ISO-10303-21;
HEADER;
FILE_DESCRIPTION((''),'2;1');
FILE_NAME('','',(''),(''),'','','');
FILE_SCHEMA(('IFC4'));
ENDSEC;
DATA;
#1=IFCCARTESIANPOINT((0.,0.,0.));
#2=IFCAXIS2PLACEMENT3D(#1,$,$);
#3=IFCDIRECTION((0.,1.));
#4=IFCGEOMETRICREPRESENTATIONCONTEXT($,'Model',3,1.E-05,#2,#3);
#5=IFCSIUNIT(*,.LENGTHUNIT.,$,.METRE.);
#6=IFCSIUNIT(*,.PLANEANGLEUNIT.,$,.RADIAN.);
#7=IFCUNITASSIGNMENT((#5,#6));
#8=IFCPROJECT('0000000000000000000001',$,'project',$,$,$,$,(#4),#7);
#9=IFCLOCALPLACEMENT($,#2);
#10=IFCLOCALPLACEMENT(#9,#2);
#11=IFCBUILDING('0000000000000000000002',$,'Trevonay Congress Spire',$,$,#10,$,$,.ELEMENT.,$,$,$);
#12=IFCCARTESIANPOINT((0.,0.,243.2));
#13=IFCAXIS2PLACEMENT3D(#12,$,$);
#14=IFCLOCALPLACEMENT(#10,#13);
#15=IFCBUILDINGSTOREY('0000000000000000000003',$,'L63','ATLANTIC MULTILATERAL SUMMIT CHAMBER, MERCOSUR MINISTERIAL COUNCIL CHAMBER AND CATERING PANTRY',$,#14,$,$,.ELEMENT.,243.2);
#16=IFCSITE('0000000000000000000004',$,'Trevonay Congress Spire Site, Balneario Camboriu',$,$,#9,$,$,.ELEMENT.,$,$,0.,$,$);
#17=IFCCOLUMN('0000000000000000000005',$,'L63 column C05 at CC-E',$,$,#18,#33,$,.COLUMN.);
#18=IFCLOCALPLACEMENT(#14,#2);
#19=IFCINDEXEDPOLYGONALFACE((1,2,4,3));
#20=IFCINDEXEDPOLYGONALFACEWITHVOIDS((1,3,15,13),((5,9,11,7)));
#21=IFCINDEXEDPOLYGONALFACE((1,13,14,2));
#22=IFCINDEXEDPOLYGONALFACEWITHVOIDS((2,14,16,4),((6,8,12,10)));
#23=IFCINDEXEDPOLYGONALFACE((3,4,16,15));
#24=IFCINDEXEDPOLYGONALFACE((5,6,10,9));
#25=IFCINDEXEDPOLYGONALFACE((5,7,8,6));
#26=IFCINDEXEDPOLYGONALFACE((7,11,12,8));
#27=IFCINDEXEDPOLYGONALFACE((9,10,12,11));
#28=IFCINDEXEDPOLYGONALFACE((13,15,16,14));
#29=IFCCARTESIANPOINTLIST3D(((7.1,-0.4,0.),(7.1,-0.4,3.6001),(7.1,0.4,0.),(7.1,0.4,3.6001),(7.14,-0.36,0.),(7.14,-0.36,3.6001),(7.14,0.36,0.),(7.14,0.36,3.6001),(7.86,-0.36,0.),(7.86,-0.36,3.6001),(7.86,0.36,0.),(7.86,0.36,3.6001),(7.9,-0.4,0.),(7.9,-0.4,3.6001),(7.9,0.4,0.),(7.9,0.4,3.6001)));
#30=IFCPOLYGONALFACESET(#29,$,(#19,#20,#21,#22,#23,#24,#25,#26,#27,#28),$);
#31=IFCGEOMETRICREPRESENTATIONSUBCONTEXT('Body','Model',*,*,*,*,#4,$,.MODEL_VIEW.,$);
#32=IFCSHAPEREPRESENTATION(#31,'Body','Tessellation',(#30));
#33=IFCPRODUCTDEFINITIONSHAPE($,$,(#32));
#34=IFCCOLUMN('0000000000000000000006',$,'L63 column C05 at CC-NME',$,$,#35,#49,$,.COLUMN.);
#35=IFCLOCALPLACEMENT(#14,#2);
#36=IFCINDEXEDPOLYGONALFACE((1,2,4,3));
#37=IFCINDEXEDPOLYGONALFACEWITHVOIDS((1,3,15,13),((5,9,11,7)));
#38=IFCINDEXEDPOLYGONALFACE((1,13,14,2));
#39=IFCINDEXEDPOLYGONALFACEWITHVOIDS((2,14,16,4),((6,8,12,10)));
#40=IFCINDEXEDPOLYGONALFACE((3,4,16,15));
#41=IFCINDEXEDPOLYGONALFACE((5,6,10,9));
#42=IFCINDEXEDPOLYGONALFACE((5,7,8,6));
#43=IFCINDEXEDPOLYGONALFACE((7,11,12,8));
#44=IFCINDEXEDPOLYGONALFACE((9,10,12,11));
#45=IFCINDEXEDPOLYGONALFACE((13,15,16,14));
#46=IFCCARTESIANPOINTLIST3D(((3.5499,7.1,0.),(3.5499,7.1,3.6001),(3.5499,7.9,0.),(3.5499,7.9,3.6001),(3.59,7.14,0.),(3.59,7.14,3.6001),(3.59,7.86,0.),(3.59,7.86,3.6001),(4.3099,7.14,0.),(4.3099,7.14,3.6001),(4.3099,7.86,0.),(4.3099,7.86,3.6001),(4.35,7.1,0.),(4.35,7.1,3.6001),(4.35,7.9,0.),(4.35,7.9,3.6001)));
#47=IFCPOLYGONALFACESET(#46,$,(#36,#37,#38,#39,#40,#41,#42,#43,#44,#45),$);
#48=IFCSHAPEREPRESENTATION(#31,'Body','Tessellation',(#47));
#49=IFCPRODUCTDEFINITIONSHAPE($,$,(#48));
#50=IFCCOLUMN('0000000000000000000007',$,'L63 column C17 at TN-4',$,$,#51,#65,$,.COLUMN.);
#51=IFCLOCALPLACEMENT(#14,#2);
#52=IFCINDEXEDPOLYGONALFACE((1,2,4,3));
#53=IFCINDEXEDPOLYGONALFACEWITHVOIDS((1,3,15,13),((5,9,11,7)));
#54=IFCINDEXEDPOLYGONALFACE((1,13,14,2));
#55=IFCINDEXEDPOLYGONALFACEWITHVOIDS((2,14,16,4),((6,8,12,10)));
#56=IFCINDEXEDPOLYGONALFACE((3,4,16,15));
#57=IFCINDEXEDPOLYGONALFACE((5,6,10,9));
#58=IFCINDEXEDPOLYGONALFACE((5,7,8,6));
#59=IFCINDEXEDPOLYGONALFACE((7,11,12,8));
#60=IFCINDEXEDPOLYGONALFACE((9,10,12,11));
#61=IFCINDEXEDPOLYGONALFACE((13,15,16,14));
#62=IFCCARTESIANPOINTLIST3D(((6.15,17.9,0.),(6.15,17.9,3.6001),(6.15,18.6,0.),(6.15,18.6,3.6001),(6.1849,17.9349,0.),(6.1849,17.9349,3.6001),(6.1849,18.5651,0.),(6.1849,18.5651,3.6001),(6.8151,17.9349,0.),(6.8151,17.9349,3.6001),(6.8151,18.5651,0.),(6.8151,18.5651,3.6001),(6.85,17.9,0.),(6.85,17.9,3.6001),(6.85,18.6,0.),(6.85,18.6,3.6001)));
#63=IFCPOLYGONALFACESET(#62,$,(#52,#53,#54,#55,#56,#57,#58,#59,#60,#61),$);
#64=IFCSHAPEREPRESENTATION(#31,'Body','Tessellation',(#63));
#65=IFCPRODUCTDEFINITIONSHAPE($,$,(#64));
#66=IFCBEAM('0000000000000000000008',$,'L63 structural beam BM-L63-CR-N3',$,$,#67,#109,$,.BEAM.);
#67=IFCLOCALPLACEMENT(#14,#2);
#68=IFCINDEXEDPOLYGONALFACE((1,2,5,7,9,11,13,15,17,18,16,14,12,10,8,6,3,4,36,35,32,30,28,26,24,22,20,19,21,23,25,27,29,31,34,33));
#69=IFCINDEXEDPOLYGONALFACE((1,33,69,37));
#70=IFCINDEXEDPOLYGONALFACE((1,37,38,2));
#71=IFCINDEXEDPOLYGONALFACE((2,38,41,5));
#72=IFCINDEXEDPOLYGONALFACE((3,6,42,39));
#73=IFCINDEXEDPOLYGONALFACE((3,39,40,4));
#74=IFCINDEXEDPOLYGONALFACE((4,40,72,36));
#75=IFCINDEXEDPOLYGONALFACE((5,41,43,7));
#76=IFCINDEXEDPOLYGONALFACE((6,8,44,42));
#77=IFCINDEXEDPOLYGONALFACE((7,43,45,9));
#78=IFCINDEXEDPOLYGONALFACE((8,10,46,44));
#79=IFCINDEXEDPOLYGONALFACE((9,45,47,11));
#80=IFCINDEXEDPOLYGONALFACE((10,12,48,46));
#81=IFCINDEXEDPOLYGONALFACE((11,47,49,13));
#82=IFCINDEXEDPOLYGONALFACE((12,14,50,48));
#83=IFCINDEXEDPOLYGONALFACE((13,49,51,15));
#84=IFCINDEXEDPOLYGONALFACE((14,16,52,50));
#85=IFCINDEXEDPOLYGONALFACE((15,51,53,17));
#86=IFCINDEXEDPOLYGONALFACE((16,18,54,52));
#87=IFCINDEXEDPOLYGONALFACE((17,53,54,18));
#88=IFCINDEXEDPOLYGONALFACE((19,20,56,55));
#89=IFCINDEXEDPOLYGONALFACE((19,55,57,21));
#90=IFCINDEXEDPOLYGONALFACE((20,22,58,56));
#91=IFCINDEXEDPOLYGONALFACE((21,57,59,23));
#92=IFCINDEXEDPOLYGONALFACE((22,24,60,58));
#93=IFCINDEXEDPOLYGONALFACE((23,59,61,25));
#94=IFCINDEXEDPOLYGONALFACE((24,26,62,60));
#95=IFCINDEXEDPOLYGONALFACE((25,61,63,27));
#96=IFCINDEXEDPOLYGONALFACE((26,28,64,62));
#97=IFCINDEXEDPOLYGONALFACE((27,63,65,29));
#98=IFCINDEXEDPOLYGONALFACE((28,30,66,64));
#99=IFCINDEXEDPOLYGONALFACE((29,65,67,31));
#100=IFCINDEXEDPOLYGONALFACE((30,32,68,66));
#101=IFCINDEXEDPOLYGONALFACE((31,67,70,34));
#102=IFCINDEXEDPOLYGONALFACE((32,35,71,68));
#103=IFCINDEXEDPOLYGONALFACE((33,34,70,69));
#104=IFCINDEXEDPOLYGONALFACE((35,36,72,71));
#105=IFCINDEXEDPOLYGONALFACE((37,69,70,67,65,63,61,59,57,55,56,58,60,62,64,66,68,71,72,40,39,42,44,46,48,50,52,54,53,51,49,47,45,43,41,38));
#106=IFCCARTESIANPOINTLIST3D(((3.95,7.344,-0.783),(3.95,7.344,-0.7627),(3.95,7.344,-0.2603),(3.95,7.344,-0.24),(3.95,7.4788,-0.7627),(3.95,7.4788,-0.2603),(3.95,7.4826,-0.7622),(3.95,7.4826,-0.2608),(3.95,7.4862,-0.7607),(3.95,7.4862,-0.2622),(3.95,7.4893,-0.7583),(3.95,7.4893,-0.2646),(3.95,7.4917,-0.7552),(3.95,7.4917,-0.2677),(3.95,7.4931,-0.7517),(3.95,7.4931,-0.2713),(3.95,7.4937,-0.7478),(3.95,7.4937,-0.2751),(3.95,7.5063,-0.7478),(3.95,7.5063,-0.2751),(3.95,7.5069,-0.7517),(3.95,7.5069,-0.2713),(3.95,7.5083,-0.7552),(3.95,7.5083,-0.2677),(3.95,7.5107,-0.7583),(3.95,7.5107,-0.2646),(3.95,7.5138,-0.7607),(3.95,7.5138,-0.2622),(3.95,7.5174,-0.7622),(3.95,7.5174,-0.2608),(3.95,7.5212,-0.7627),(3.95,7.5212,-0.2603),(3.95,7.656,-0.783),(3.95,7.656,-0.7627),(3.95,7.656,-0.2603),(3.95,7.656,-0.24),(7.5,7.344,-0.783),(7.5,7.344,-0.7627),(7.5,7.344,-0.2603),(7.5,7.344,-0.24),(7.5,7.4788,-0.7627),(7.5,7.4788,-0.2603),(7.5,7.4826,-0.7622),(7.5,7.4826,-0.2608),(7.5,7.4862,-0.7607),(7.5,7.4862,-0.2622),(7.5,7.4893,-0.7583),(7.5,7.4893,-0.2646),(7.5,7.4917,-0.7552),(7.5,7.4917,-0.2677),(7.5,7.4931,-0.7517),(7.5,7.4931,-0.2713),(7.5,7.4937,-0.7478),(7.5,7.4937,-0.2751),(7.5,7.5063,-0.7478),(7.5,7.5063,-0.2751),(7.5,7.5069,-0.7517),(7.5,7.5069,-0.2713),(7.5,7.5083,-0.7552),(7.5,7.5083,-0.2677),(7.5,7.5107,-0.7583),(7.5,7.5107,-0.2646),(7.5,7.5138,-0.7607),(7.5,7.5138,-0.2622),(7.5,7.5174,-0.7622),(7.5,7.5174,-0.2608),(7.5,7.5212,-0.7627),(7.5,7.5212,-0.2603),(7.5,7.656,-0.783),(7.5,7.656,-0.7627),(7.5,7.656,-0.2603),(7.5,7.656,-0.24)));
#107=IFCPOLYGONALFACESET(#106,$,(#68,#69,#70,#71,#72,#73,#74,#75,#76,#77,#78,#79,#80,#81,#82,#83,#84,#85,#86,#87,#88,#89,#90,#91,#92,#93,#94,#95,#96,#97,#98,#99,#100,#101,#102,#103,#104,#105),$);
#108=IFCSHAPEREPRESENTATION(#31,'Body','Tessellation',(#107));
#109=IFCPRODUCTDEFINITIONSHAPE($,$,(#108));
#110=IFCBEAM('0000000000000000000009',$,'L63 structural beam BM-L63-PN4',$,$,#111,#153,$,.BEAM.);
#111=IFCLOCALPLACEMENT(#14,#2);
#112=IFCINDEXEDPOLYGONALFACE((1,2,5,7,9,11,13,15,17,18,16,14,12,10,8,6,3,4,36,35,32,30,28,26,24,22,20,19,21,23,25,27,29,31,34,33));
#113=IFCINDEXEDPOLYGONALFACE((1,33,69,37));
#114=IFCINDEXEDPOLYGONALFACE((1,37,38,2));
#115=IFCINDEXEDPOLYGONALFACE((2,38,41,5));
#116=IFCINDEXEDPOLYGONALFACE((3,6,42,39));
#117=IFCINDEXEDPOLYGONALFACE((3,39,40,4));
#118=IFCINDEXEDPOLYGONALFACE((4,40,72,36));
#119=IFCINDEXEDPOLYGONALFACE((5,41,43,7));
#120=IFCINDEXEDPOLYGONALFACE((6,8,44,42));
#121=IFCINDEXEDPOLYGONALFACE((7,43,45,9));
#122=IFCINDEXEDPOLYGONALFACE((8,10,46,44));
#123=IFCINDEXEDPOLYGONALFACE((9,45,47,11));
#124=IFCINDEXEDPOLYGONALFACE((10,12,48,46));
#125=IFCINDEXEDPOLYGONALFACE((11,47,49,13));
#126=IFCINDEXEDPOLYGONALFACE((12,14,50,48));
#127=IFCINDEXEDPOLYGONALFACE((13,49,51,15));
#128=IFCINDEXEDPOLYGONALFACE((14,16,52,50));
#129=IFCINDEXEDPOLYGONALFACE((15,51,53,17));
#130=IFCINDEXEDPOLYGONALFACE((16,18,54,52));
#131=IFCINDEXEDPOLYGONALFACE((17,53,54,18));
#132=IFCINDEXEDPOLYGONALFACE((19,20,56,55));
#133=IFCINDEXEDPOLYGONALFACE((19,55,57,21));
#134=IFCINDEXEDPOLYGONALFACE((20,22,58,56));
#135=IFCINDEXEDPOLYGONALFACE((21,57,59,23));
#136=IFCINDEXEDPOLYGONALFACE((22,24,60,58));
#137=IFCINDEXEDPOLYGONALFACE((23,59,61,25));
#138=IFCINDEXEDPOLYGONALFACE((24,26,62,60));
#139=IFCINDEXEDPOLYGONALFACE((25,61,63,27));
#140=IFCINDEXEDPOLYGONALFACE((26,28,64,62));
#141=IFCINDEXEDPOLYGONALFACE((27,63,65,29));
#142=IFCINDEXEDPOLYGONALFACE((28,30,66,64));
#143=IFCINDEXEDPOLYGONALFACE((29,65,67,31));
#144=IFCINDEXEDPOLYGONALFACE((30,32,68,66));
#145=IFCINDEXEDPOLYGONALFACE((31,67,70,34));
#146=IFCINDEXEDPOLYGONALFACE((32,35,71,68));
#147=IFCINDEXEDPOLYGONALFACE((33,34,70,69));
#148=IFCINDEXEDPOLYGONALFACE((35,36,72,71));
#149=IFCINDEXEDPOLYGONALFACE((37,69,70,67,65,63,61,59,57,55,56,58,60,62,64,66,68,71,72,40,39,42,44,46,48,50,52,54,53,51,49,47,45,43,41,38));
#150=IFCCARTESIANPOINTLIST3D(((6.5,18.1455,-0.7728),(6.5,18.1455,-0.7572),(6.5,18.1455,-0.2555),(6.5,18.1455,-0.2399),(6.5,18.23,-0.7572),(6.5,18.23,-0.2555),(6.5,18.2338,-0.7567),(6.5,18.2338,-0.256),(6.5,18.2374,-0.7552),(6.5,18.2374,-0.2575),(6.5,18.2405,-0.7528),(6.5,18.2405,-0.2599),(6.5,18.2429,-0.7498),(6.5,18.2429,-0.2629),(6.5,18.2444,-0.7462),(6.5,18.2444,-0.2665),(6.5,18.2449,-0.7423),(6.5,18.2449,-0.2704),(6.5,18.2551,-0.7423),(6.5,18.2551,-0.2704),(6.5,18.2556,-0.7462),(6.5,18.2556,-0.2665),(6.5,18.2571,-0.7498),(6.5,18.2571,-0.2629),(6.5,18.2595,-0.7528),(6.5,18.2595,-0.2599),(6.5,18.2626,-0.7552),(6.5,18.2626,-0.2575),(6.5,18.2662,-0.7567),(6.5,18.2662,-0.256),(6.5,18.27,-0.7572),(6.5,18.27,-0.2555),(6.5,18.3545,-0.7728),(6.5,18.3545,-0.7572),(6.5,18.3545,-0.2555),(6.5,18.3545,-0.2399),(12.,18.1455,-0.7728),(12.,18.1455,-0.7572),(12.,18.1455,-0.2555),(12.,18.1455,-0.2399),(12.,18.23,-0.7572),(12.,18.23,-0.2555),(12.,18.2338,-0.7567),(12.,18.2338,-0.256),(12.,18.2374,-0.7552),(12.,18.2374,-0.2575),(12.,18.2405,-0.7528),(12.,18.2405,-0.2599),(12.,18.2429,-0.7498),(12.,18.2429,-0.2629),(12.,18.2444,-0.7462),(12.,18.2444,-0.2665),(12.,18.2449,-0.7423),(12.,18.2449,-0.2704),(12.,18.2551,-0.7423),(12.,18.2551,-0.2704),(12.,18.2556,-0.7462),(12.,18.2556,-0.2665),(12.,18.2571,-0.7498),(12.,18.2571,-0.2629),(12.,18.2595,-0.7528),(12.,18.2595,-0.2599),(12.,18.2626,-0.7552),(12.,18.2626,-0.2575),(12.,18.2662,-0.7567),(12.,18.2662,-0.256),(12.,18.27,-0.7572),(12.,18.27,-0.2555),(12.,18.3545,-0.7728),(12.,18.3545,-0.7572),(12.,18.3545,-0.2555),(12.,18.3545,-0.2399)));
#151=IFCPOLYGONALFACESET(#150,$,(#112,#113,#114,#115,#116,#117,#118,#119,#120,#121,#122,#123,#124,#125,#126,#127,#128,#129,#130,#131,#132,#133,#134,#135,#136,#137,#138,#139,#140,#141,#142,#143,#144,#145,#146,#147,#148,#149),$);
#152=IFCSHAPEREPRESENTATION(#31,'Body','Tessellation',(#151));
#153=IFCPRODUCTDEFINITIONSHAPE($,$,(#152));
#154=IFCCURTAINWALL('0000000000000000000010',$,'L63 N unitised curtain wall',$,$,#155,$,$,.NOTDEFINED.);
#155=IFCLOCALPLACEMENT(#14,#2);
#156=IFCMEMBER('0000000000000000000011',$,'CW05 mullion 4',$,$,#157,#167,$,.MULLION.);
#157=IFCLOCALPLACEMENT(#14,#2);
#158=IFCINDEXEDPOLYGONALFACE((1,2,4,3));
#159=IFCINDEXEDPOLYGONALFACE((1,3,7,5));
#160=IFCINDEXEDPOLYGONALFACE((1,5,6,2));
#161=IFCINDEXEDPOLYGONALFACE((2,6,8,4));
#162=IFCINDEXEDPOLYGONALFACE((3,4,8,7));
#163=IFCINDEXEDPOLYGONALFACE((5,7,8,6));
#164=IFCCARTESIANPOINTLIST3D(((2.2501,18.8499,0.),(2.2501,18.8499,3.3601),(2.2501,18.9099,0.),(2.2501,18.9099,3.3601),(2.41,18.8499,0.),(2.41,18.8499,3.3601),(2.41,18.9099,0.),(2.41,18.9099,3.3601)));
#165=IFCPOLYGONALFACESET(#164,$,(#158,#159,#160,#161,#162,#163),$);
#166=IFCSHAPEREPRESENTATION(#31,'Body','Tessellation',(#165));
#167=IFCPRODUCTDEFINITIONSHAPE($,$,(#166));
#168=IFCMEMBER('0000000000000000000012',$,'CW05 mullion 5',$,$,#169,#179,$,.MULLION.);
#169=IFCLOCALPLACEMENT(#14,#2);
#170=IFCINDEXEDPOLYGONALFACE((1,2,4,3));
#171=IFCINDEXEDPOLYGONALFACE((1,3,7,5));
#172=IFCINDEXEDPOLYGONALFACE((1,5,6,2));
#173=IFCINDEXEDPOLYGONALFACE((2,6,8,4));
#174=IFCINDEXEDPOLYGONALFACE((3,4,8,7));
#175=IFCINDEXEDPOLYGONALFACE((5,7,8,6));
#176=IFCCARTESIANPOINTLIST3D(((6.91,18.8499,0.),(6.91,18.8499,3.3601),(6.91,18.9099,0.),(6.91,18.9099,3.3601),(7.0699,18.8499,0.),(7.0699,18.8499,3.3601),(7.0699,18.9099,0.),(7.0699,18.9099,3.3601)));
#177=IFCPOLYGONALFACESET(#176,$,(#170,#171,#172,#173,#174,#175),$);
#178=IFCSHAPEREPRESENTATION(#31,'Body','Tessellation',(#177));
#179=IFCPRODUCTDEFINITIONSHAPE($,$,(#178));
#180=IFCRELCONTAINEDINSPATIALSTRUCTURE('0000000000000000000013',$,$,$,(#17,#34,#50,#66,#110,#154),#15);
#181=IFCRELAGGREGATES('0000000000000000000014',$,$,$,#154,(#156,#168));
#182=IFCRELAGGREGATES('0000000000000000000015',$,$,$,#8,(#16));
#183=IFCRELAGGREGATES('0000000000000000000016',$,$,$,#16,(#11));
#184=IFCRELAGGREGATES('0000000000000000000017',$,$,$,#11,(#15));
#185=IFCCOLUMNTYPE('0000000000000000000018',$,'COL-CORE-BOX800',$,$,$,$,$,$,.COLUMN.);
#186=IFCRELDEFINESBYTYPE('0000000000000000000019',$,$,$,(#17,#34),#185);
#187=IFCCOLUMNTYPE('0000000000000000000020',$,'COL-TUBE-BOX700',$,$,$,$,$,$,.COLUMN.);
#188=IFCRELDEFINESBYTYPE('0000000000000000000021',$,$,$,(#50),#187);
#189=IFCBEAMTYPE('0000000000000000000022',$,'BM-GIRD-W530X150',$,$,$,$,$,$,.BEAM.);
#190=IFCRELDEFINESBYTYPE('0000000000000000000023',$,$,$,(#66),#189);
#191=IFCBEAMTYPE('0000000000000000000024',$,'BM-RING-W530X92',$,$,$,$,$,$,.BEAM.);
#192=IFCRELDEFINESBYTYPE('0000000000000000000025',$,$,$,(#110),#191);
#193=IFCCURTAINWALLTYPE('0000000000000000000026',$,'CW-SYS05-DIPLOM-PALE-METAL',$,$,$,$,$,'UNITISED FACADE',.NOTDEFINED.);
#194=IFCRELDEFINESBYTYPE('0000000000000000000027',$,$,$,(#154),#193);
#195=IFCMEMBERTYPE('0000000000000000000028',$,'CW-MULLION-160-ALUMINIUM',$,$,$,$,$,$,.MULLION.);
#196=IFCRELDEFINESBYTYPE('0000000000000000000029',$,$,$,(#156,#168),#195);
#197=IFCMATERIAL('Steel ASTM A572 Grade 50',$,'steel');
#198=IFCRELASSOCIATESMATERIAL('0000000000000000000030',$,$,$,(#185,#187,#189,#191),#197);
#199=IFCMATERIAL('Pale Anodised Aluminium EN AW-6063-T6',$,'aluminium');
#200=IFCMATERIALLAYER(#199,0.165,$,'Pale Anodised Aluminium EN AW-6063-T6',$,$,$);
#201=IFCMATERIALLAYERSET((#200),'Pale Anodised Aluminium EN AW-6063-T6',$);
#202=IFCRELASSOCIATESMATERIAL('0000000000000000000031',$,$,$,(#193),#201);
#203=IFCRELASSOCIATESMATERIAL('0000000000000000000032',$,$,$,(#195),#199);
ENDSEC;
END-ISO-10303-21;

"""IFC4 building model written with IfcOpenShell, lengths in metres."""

from ifc_helpers import new_model, si_unit, direction, frame, origin, origin_2d, place, context, subcontext, project, spatial, rectangle, hollow_rectangle, i_section, extrude, material, layer, layer_set, material_profile, profile_set, type_object, element, aggregate, save


model = new_model("IFC4")

# Units and contexts
model_context = context("Model", 3, precision=1e-05, world=origin(), true_north=direction((0.0, 1.0)))
body_context = subcontext(model_context, "Body", "Model", "MODEL_VIEW")
ifc_project = project(units=[si_unit("LENGTHUNIT", "METRE"), si_unit("PLANEANGLEUNIT", "RADIAN")], contexts=[model_context])

# Site, building, storey
site_placement = place(None, origin())
site = spatial("IfcSite", under=ifc_project, at=site_placement, Name="Trevonay Congress Spire Site, Balneario Camboriu", CompositionType="ELEMENT", RefElevation=0.0)
building_placement = place(site_placement, origin())
building = spatial("IfcBuilding", under=site, at=building_placement, Name="Trevonay Congress Spire", CompositionType="ELEMENT")
storey_placement = place(building_placement, frame((0.0, 0.0, 243.2)))
storey = spatial("IfcBuildingStorey", under=building, at=storey_placement, Name="L63", Description="ATLANTIC MULTILATERAL SUMMIT CHAMBER, MERCOSUR MINISTERIAL COUNCIL CHAMBER AND CATERING PANTRY", CompositionType="ELEMENT", Elevation=243.2)

# Columns
ifc_material_1 = material(Name="Steel ASTM A572 Grade 50", Category="steel")
ifc_material_profile_1 = material_profile(ifc_material_1, hollow_rectangle(XDim=0.8, YDim=0.8, WallThickness=0.04, at=origin_2d()), Name="BOX 800x800x40")
ifc_profile_set_1 = profile_set([ifc_material_profile_1], Name="Steel ASTM A572 Grade 50")
column_type_1 = type_object("IfcColumnType", Name="COL-CORE-BOX800", PredefinedType="COLUMN", material=ifc_profile_set_1)
for number, where, z_axis, x_axis, name in (
    (1, (7.5, 0.0, 0.0), (0.0, 0.0, 1.0), (1.0, 0.0, 0.0), "L63 column C05 at CC-E"),
    (2, (3.95, 7.5, 0.0), (0.0, 0.0, 1.0), (1.0, 0.0, 0.0), "L63 column C05 at CC-NME"),
):
    element("IfcColumn", number, at=place(storey_placement, frame(where, z_axis=z_axis, x_axis=x_axis)), inside=storey, type_object=column_type_1, Name=name, PredefinedType="COLUMN", context=body_context, shape_type="SweptSolid", body=[
        extrude(hollow_rectangle(XDim=0.8, YDim=0.8, WallThickness=0.04, at=origin_2d()), origin(), (0.0, 0.0, 1.0), 3.6001),
    ])
ifc_material_profile_2 = material_profile(ifc_material_1, hollow_rectangle(XDim=0.7, YDim=0.7, WallThickness=0.0349, at=origin_2d()), Name="BOX 700x700x35")
ifc_profile_set_2 = profile_set([ifc_material_profile_2], Name="Steel ASTM A572 Grade 50")
column_type_2 = type_object("IfcColumnType", Name="COL-TUBE-BOX700", PredefinedType="COLUMN", material=ifc_profile_set_2)
column_placement = place(storey_placement, frame((6.5, 18.25, 0.0), z_axis=(0.0, 0.0, 1.0), x_axis=(1.0, 0.0, 0.0)))
element("IfcColumn", 3, at=column_placement, inside=storey, type_object=column_type_2, Name="L63 column C17 at TN-4", PredefinedType="COLUMN", context=body_context, shape_type="SweptSolid", body=[
    extrude(hollow_rectangle(XDim=0.7, YDim=0.7, WallThickness=0.0349, at=origin_2d()), origin(), (0.0, 0.0, 1.0), 3.6001),
])

# Beams
ifc_material_profile_3 = material_profile(ifc_material_1, i_section(OverallWidth=0.312, OverallDepth=0.543, WebThickness=0.0127, FlangeThickness=0.0203, FilletRadius=0.0149, at=origin_2d()), Name="W530x150")
ifc_profile_set_3 = profile_set([ifc_material_profile_3], Name="Steel ASTM A572 Grade 50")
beam_type_1 = type_object("IfcBeamType", Name="BM-GIRD-W530X150", PredefinedType="BEAM", material=ifc_profile_set_3)
beam_1_placement = place(storey_placement, frame((3.95, 7.5, -0.5115), z_axis=(1.0, 0.0, 0.0), x_axis=(0.0, 1.0, 0.0)))
element("IfcBeam", 4, at=beam_1_placement, inside=storey, type_object=beam_type_1, Name="L63 structural beam BM-L63-CR-N3", PredefinedType="BEAM", context=body_context, shape_type="SweptSolid", body=[
    extrude(i_section(OverallWidth=0.312, OverallDepth=0.543, WebThickness=0.0127, FlangeThickness=0.0203, FilletRadius=0.0149, at=origin_2d()), origin(), (0.0, 0.0, 1.0), 3.55),
])
ifc_material_profile_4 = material_profile(ifc_material_1, i_section(OverallWidth=0.209, OverallDepth=0.533, WebThickness=0.0103, FlangeThickness=0.0156, FilletRadius=0.0149, at=origin_2d()), Name="W530x92")
ifc_profile_set_4 = profile_set([ifc_material_profile_4], Name="Steel ASTM A572 Grade 50")
beam_type_2 = type_object("IfcBeamType", Name="BM-RING-W530X92", PredefinedType="BEAM", material=ifc_profile_set_4)
beam_2_placement = place(storey_placement, frame((6.5, 18.25, -0.5063), z_axis=(1.0, 0.0, 0.0), x_axis=(0.0, 1.0, 0.0)))
element("IfcBeam", 5, at=beam_2_placement, inside=storey, type_object=beam_type_2, Name="L63 structural beam BM-L63-PN4", PredefinedType="BEAM", context=body_context, shape_type="SweptSolid", body=[
    extrude(i_section(OverallWidth=0.209, OverallDepth=0.533, WebThickness=0.0103, FlangeThickness=0.0156, FilletRadius=0.0149, at=origin_2d()), origin(), (0.0, 0.0, 1.0), 5.5),
])

# Curtain wall, members
ifc_material_2 = material(Name="Pale Anodised Aluminium EN AW-6063-T6", Category="aluminium")
ifc_layer_1 = layer(ifc_material_2, 0.165, Name="Pale Anodised Aluminium EN AW-6063-T6")
ifc_layer_set_1 = layer_set([ifc_layer_1], Name="Pale Anodised Aluminium EN AW-6063-T6")
curtain_wall_type = type_object("IfcCurtainWallType", Name="CW-SYS05-DIPLOM-PALE-METAL", ElementType="UNITISED FACADE", PredefinedType="NOTDEFINED", material=ifc_layer_set_1)
curtain_wall_placement = place(storey_placement, origin())
curtain_wall = element("IfcCurtainWall", 6, at=curtain_wall_placement, inside=storey, type_object=curtain_wall_type, Name="L63 N unitised curtain wall", PredefinedType="NOTDEFINED")
ifc_material_profile_5 = material_profile(ifc_material_2, rectangle(XDim=0.0601, YDim=0.1599, at=origin_2d()), Name="CW-MULLION-160-ALUMINIUM")
ifc_profile_set_5 = profile_set([ifc_material_profile_5], Name="Pale Anodised Aluminium EN AW-6063-T6")
member_type_1 = type_object("IfcMemberType", Name="CW-MULLION-160-ALUMINIUM", PredefinedType="MULLION", material=ifc_profile_set_5)
member_1_placement = place(storey_placement, frame((2.3301, 18.8799, 0.0), z_axis=(0.0, 0.0, 1.0), x_axis=(0.0, 1.0, 0.0)))
member_1 = element("IfcMember", 7, at=member_1_placement, type_object=member_type_1, Name="CW05 mullion 4", PredefinedType="MULLION", context=body_context, shape_type="SweptSolid", body=[
    extrude(rectangle(XDim=0.0601, YDim=0.1599, at=origin_2d()), origin(), (0.0, 0.0, 1.0), 3.3601),
])
member_2_placement = place(storey_placement, frame((6.99, 18.8799, 0.0), z_axis=(0.0, 0.0, 1.0), x_axis=(0.0, 1.0, 0.0)))
member_2 = element("IfcMember", 8, at=member_2_placement, type_object=member_type_1, Name="CW05 mullion 5", PredefinedType="MULLION", context=body_context, shape_type="SweptSolid", body=[
    extrude(rectangle(XDim=0.0601, YDim=0.1599, at=origin_2d()), origin(), (0.0, 0.0, 1.0), 3.3601),
])
aggregate(curtain_wall, [member_1, member_2])

save(model, "model.ifc")
